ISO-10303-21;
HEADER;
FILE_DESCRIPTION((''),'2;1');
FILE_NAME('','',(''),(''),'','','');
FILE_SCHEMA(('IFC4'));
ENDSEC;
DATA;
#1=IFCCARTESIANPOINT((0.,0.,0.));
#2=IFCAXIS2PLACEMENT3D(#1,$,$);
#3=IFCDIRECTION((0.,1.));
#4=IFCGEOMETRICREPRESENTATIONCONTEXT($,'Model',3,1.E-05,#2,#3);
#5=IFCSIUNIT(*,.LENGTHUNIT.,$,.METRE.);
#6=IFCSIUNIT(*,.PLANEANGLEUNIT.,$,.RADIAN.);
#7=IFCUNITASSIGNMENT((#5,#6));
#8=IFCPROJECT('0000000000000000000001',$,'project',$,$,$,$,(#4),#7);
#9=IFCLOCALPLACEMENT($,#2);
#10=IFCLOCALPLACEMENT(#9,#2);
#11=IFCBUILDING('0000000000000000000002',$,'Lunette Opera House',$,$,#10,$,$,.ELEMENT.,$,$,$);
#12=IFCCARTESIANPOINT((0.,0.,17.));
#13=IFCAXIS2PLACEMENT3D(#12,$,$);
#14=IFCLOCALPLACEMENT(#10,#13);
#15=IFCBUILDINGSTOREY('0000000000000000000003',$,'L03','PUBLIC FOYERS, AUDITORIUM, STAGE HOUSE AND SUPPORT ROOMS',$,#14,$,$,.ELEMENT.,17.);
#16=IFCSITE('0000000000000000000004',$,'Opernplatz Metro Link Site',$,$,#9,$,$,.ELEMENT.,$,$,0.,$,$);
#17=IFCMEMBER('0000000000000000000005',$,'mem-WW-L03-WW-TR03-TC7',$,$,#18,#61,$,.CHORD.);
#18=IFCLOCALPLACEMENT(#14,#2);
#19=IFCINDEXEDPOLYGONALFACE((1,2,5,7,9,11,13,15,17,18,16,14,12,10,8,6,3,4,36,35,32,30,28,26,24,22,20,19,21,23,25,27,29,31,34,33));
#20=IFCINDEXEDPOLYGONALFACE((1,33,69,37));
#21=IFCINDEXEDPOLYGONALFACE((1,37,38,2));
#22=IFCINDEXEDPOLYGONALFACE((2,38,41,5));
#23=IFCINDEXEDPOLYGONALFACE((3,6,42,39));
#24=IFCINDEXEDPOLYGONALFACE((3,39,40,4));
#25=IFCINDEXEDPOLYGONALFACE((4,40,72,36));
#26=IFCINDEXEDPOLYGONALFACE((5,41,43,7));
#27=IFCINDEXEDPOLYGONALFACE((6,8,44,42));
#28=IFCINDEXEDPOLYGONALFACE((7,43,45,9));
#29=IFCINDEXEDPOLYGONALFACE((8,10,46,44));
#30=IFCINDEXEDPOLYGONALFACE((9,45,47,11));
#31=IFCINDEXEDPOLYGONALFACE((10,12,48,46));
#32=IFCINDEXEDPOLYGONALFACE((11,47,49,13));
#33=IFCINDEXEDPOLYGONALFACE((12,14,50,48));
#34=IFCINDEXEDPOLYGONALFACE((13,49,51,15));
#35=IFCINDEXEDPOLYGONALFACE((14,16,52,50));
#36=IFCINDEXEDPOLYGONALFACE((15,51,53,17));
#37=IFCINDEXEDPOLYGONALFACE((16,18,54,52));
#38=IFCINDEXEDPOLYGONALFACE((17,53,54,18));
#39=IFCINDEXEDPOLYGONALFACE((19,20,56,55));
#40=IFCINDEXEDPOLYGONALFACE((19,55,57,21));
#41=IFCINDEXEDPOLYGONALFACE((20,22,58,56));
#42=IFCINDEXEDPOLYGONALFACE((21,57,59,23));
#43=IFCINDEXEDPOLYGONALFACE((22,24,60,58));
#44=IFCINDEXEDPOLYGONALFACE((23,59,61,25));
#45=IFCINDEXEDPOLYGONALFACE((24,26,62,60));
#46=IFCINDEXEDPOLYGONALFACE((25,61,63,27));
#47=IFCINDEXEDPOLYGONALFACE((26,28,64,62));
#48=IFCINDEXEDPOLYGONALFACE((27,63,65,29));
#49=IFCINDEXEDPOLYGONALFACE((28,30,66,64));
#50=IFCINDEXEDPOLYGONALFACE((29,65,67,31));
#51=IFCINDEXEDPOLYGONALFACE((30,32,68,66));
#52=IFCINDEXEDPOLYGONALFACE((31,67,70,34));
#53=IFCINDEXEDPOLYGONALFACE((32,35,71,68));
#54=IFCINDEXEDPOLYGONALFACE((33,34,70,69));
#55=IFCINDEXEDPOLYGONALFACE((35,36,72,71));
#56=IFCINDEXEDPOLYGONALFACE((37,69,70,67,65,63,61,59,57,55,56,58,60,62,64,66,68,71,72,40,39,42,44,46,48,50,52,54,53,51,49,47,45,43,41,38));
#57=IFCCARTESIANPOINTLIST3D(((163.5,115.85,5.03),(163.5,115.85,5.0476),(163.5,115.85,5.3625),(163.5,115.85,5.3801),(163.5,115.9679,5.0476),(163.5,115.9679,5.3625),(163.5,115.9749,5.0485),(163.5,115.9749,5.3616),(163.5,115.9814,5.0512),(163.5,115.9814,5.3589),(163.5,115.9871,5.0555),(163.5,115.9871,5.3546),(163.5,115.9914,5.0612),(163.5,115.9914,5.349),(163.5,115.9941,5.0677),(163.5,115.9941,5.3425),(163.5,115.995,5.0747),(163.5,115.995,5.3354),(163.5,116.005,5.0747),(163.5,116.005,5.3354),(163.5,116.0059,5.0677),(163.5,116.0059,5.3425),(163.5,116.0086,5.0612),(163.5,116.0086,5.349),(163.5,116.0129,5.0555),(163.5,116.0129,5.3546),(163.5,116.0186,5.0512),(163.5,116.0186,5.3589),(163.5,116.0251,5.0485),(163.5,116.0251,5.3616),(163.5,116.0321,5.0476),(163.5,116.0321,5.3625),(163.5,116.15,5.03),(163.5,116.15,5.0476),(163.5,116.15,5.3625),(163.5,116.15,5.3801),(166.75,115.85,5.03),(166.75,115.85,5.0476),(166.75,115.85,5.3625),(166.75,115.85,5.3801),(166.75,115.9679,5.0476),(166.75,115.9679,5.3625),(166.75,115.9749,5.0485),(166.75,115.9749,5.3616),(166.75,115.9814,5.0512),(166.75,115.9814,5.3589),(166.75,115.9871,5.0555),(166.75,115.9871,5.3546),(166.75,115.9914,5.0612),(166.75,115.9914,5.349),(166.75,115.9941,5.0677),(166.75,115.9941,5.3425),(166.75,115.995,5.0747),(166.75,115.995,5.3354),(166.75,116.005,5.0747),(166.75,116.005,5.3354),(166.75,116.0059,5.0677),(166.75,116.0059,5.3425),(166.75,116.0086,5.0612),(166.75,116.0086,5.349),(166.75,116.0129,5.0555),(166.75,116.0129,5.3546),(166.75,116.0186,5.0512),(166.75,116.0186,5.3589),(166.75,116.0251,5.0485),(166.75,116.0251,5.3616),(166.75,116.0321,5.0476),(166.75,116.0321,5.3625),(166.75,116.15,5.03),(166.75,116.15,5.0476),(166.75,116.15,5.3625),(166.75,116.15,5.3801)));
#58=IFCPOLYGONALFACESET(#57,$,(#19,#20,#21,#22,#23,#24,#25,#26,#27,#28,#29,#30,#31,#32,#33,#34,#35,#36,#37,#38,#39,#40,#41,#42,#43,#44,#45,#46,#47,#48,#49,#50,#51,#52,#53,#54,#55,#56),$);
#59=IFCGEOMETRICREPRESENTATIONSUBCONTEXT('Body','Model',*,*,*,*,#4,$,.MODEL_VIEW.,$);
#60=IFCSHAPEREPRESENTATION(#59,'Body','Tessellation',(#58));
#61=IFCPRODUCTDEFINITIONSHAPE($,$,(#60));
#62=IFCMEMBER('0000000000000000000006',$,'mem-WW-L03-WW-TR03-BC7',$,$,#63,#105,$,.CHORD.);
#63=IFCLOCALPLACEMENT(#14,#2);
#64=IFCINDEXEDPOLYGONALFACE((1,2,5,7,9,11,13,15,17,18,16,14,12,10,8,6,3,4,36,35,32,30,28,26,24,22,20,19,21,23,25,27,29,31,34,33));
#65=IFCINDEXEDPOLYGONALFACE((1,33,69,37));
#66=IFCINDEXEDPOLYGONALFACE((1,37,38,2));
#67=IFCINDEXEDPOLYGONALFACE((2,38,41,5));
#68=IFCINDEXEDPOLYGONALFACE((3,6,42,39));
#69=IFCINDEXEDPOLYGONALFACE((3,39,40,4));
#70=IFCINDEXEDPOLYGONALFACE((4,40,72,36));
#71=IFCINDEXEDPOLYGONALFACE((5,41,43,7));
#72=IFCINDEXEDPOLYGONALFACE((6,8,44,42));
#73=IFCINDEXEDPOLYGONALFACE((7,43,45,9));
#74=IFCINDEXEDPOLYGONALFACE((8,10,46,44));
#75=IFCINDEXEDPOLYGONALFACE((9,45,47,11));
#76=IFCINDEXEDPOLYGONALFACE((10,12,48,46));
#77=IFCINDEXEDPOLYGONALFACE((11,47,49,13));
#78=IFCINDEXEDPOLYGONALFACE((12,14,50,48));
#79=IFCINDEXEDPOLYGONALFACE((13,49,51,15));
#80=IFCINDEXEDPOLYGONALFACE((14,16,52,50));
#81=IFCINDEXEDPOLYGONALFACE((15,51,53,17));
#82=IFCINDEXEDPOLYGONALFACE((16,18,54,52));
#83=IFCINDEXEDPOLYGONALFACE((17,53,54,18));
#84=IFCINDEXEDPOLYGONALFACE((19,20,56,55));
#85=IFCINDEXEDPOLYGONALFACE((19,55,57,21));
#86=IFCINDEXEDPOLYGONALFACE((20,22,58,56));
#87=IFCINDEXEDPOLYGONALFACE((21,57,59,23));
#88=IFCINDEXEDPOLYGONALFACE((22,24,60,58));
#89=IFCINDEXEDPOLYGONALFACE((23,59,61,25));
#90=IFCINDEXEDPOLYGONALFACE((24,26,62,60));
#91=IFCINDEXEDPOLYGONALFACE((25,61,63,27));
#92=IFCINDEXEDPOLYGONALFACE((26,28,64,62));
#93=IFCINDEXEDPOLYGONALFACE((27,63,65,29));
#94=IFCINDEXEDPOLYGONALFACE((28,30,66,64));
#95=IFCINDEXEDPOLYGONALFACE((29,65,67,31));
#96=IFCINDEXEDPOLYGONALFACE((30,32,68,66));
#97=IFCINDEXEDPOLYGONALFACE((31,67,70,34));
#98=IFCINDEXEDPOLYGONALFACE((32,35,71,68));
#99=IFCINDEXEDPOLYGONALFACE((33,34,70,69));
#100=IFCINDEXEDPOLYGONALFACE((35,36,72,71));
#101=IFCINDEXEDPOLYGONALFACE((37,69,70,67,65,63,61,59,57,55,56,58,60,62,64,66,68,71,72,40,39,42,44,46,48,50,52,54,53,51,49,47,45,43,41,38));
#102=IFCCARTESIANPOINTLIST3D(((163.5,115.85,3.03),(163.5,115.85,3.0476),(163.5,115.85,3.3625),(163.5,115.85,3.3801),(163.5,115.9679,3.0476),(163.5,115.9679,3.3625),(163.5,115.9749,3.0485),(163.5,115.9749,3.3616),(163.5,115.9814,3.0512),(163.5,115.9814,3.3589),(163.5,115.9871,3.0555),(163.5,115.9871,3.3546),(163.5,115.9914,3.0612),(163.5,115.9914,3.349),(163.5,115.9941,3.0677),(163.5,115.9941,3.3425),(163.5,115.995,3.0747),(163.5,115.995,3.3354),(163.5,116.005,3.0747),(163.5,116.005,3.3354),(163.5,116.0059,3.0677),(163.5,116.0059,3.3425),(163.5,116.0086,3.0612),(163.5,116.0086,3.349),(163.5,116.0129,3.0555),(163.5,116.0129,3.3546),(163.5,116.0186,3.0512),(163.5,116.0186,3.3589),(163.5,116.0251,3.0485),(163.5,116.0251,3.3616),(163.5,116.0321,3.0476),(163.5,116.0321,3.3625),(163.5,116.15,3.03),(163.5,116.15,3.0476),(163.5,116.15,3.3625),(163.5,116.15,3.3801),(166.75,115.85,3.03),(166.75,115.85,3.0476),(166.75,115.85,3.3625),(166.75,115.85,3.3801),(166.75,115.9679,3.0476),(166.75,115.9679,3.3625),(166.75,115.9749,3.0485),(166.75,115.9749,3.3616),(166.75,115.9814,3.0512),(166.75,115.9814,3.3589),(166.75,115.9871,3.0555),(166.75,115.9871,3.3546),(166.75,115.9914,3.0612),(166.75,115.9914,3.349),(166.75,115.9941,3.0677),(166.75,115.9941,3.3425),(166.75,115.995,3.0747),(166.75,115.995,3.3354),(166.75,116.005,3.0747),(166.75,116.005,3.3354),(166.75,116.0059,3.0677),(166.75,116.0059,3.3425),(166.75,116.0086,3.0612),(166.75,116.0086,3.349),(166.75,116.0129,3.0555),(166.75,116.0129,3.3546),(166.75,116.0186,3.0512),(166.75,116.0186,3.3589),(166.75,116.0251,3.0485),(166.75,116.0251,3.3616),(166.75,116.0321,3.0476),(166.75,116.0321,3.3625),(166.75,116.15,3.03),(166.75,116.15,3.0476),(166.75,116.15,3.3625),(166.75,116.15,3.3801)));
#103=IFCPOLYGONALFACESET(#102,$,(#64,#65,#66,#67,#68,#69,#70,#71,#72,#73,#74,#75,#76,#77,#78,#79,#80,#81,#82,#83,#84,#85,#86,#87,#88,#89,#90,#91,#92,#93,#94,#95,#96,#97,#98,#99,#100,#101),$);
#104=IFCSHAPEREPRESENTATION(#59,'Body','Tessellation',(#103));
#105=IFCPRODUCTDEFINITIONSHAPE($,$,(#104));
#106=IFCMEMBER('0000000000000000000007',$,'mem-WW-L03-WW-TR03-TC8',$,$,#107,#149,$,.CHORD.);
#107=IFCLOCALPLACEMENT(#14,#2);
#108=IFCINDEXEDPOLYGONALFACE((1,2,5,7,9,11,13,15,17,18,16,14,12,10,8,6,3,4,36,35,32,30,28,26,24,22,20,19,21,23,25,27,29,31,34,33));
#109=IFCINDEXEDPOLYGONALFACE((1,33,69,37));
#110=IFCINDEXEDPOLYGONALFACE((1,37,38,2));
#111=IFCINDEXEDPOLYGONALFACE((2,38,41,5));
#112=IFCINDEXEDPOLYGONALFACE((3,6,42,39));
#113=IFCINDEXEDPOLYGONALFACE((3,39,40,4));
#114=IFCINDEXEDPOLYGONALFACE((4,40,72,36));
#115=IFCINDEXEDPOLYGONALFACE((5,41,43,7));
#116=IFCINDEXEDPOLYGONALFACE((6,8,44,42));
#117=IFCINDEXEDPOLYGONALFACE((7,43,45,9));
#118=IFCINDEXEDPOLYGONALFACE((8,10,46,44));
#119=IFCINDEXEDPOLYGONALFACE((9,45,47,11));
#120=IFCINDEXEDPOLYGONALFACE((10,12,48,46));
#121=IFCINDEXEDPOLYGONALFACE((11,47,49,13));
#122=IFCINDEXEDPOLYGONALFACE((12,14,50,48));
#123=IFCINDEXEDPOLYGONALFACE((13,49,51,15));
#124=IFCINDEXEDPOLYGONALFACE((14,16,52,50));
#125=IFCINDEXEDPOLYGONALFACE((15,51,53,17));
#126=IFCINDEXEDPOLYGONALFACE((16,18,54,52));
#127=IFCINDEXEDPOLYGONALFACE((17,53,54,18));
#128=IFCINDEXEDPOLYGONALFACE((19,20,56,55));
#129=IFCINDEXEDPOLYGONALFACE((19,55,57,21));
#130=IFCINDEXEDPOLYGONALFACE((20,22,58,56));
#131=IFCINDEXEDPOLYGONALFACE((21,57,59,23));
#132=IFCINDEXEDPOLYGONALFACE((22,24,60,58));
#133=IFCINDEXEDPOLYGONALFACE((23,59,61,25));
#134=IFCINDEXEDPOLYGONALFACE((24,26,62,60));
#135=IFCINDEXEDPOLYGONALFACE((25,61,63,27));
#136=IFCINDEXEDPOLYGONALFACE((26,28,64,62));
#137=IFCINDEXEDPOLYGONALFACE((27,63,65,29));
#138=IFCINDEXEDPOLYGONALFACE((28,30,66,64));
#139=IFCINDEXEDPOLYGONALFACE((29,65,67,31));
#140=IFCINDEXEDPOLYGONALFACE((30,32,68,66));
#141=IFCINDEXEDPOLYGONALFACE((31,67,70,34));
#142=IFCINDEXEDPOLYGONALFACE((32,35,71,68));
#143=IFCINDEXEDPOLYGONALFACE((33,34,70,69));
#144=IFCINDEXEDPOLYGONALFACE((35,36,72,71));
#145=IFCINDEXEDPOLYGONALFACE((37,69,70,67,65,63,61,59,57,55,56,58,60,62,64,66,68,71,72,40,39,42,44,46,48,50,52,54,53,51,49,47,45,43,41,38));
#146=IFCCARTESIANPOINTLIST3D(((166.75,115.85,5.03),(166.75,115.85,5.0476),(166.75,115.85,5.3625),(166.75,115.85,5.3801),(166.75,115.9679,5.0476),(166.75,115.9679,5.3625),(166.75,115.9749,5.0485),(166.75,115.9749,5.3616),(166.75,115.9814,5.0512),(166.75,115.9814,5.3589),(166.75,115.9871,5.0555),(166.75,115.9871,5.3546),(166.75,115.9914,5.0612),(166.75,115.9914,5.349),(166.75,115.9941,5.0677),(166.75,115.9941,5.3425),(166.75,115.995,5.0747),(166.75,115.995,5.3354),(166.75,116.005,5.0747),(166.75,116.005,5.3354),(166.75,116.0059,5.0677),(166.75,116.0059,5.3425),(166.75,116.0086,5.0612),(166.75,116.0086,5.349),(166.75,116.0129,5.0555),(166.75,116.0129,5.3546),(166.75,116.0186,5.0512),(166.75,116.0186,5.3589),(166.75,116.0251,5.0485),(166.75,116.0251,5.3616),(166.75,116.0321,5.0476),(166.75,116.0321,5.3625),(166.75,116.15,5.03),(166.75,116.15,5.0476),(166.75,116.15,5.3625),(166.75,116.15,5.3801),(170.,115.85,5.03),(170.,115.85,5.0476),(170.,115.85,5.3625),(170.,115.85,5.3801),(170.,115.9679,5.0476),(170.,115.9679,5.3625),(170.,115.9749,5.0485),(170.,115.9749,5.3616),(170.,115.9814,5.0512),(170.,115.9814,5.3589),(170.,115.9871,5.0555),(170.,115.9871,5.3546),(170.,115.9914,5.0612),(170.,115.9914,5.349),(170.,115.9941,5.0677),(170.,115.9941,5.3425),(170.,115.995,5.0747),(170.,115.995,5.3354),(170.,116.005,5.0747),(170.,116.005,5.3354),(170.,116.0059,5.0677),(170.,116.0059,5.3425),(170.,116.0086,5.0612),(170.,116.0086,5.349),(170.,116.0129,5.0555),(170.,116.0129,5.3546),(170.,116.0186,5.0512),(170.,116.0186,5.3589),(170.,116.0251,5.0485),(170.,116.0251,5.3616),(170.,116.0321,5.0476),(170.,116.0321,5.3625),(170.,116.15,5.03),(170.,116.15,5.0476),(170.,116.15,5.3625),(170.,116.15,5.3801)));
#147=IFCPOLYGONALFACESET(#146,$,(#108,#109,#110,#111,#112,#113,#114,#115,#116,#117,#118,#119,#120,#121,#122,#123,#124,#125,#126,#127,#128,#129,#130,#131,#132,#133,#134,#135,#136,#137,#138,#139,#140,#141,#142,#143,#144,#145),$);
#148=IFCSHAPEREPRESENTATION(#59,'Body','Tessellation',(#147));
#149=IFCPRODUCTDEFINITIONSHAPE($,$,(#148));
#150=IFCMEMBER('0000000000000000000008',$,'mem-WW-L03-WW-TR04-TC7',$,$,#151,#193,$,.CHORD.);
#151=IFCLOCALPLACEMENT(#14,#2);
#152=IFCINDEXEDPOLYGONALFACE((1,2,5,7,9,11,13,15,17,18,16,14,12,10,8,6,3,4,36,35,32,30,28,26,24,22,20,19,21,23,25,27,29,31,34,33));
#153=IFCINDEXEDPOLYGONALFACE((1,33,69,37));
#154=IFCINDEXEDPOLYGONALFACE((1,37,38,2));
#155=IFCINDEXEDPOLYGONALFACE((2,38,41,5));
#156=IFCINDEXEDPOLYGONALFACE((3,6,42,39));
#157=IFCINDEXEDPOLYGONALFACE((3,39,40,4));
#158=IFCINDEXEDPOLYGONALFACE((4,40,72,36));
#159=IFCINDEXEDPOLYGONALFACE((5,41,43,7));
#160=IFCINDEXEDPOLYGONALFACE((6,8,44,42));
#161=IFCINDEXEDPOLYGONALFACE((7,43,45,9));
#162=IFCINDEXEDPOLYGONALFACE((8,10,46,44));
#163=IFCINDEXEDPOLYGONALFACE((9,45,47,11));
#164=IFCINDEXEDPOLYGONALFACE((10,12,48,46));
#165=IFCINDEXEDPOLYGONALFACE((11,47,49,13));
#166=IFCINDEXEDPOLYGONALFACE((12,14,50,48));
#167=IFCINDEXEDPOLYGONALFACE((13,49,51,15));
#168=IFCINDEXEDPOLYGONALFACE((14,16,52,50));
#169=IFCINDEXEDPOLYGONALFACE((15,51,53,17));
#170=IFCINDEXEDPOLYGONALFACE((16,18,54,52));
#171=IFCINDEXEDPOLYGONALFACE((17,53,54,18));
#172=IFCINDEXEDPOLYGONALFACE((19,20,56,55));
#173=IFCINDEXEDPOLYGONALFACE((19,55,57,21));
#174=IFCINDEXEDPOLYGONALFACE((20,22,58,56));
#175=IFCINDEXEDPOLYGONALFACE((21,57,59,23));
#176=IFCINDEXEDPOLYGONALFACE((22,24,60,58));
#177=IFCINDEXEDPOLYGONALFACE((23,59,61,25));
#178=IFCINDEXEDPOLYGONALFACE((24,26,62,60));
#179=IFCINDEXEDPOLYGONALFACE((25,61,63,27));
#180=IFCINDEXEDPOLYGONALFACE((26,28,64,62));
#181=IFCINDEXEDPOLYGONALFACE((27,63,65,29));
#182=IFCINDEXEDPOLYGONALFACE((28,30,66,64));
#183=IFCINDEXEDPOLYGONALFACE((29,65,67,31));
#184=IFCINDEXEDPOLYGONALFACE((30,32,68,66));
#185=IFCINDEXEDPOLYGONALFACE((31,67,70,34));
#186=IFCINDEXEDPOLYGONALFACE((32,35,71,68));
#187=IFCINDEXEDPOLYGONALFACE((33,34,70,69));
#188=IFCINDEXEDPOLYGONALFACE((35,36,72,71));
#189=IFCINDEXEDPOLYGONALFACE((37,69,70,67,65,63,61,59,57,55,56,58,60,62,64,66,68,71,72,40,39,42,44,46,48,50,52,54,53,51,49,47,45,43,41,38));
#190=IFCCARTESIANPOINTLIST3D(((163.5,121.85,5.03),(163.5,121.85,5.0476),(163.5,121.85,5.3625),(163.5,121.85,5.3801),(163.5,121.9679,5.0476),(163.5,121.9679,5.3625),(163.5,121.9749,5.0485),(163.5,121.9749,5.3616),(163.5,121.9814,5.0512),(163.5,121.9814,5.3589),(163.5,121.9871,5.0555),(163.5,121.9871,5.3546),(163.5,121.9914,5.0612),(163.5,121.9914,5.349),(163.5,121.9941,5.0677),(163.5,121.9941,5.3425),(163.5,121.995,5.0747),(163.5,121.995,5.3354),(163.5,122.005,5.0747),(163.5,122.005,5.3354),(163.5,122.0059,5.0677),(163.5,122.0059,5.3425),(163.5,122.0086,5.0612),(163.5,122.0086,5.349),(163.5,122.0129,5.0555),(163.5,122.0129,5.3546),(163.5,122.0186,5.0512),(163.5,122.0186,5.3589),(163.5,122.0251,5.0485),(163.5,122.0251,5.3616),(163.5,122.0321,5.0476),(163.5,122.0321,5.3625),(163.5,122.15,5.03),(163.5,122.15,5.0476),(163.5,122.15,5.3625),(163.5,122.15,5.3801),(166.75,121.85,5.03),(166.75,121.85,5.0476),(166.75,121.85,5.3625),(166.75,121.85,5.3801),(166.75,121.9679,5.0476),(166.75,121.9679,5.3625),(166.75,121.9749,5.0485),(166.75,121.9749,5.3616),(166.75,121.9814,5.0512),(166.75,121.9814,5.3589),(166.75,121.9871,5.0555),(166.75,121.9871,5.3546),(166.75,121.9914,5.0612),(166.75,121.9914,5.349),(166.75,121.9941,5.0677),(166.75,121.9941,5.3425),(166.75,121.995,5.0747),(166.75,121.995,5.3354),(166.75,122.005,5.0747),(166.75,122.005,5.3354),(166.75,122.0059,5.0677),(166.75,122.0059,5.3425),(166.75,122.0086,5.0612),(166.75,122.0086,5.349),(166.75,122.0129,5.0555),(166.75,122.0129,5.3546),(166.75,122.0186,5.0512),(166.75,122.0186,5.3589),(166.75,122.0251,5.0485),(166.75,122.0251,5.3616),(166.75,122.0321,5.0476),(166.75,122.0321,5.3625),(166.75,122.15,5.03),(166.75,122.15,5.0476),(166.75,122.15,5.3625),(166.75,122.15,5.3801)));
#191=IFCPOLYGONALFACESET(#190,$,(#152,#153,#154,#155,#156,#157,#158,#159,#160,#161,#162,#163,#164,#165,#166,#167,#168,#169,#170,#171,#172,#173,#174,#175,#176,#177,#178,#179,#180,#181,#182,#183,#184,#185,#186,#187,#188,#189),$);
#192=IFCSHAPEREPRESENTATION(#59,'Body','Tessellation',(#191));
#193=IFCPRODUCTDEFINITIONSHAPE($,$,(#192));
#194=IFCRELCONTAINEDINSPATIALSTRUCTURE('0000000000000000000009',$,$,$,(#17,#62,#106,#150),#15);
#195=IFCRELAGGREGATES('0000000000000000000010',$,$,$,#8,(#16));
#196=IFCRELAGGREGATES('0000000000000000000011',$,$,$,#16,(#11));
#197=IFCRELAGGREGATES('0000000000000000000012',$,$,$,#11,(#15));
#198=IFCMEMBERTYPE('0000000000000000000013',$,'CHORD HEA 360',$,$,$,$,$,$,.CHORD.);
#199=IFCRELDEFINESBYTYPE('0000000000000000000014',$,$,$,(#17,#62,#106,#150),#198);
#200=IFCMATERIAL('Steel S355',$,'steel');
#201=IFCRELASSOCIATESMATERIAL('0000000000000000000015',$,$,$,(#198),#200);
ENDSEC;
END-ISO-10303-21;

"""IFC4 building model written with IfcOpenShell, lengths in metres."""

from ifc_helpers import new_model, si_unit, direction, frame, origin, origin_2d, place, context, subcontext, project, spatial, i_section, extrude, material, material_profile, profile_set, type_object, element, save


model = new_model("IFC4")

# Units and contexts
model_context = context("Model", 3, precision=1e-05, world=origin(), true_north=direction((0.0, 1.0)))
body_context = subcontext(model_context, "Body", "Model", "MODEL_VIEW")
ifc_project = project(units=[si_unit("LENGTHUNIT", "METRE"), si_unit("PLANEANGLEUNIT", "RADIAN")], contexts=[model_context])

# Site, building, storey
site_placement = place(None, origin())
site = spatial("IfcSite", under=ifc_project, at=site_placement, Name="Opernplatz Metro Link Site", CompositionType="ELEMENT", RefElevation=0.0)
building_placement = place(site_placement, origin())
building = spatial("IfcBuilding", under=site, at=building_placement, Name="Lunette Opera House", CompositionType="ELEMENT")
storey_placement = place(building_placement, frame((0.0, 0.0, 17.0)))
storey = spatial("IfcBuildingStorey", under=building, at=storey_placement, Name="L03", Description="PUBLIC FOYERS, AUDITORIUM, STAGE HOUSE AND SUPPORT ROOMS", CompositionType="ELEMENT", Elevation=17.0)

# Members
ifc_material_1 = material(Name="Steel S355", Category="steel")
ifc_material_profile_1 = material_profile(ifc_material_1, i_section(OverallWidth=0.3, OverallDepth=0.3501, WebThickness=0.01, FlangeThickness=0.0176, FilletRadius=0.0271, at=origin_2d()), Name="HEA 360")
ifc_profile_set_1 = profile_set([ifc_material_profile_1], Name="Steel S355")
member_type_1 = type_object("IfcMemberType", Name="CHORD HEA 360", PredefinedType="CHORD", material=ifc_profile_set_1)
for number, where, z_axis, x_axis, name in (
    (1, (163.5, 116.0, 5.2051), (1.0, 0.0, 0.0), (0.0, 1.0, 0.0), "mem-WW-L03-WW-TR03-TC7"),
    (2, (163.5, 116.0, 3.2051), (1.0, 0.0, 0.0), (0.0, 1.0, 0.0), "mem-WW-L03-WW-TR03-BC7"),
    (3, (166.75, 116.0, 5.2051), (1.0, 0.0, 0.0), (0.0, 1.0, 0.0), "mem-WW-L03-WW-TR03-TC8"),
    (4, (163.5, 122.0, 5.2051), (1.0, 0.0, 0.0), (0.0, 1.0, 0.0), "mem-WW-L03-WW-TR04-TC7"),
):
    element("IfcMember", number, at=place(storey_placement, frame(where, z_axis=z_axis, x_axis=x_axis)), inside=storey, type_object=member_type_1, Name=name, PredefinedType="CHORD", context=body_context, shape_type="SweptSolid", body=[
        extrude(i_section(OverallWidth=0.3, OverallDepth=0.3501, WebThickness=0.01, FlangeThickness=0.0176, FilletRadius=0.0271, at=origin_2d()), origin(), (0.0, 0.0, 1.0), 3.25),
    ])

save(model, "model.ifc")
